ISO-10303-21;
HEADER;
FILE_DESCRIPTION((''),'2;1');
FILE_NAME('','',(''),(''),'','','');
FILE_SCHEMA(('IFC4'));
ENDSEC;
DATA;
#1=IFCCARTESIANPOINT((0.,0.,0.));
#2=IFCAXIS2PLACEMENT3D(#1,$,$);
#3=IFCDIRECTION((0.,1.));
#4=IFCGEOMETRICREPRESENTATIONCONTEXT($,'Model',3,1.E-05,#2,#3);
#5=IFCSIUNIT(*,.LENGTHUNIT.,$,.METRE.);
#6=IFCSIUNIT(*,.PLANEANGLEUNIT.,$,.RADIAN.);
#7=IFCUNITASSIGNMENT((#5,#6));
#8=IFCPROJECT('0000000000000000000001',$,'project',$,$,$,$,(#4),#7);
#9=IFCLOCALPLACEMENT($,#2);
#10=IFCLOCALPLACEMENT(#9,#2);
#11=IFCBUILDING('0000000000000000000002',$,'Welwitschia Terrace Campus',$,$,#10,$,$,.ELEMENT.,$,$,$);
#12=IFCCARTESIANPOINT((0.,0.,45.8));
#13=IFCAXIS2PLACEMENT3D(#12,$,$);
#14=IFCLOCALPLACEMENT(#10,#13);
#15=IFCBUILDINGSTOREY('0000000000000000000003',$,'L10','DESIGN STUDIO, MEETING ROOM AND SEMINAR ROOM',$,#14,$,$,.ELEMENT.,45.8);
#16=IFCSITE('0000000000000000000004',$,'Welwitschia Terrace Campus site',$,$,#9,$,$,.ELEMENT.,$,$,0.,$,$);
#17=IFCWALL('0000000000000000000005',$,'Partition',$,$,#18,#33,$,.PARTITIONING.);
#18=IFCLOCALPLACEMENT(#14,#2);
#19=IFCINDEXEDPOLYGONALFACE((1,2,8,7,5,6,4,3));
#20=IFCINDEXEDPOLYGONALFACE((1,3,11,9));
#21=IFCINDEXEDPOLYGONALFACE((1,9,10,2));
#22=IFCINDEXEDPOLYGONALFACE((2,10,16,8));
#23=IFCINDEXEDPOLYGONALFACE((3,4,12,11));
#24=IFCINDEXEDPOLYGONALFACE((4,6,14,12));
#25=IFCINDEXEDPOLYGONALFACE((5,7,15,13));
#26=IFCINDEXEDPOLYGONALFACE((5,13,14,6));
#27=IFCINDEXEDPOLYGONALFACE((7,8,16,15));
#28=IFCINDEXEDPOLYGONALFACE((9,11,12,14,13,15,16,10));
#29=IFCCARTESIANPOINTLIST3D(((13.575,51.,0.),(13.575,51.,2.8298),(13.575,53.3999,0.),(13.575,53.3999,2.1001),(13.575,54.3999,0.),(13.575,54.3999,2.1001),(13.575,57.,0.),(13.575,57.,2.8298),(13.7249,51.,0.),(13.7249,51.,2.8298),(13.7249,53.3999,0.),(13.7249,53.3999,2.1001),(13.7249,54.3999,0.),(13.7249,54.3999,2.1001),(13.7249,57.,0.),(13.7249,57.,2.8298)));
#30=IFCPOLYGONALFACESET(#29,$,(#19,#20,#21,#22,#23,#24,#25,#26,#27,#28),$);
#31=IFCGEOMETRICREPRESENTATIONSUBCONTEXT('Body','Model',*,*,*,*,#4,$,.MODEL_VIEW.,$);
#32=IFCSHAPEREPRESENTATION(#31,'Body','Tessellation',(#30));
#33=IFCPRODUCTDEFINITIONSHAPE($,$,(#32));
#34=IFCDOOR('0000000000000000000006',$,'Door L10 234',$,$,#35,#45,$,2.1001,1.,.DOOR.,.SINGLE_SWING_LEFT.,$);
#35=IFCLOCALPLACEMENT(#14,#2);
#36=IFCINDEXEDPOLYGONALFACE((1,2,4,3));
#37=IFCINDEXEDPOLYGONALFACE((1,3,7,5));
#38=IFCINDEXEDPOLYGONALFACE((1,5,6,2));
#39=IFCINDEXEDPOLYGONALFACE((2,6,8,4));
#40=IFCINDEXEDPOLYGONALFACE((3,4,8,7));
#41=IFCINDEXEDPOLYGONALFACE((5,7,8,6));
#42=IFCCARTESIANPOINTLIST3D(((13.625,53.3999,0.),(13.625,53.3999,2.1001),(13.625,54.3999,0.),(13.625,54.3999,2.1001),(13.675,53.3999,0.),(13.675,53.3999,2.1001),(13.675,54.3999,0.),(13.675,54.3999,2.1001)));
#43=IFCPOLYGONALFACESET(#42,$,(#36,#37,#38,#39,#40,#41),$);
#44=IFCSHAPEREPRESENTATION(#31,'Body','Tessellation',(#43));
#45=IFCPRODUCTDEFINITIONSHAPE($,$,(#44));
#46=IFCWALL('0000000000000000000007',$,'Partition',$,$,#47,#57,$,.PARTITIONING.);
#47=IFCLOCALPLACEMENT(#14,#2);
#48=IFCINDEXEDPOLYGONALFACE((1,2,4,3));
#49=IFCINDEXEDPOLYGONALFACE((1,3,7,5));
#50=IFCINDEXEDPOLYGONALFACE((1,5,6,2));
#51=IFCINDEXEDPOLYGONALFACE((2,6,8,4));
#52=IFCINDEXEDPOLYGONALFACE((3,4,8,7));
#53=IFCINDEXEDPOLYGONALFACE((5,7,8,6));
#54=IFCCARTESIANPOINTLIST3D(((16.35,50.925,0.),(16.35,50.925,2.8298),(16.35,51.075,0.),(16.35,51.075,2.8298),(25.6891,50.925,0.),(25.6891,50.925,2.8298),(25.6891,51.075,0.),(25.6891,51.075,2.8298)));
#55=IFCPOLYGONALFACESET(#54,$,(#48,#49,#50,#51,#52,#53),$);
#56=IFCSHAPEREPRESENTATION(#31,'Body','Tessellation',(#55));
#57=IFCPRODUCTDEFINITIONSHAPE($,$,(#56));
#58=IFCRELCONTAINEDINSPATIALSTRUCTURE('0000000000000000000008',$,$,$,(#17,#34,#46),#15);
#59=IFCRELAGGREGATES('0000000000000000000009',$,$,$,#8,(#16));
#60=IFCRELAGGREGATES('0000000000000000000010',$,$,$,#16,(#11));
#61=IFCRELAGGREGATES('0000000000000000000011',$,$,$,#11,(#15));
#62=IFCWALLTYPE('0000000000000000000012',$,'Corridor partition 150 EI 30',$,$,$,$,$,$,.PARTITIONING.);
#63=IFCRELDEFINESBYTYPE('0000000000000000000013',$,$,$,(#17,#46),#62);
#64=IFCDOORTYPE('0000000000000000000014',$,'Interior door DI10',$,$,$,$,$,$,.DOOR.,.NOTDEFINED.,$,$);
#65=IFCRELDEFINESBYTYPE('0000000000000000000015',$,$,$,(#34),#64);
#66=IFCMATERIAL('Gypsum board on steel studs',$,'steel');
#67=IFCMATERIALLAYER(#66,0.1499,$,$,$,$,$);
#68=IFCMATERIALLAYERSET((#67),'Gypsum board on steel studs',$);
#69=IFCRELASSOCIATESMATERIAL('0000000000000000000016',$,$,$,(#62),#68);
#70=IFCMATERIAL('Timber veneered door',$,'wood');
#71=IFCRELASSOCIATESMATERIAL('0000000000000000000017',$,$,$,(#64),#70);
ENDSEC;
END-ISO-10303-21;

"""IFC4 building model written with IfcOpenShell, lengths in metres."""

from ifc_helpers import new_model, si_unit, direction, frame, frame_2d, origin, place, context, subcontext, project, spatial, rectangle, extrude, material, layer, layer_set, type_object, element, fill, save


model = new_model("IFC4")

# Units and contexts
model_context = context("Model", 3, precision=1e-05, world=origin(), true_north=direction((0.0, 1.0)))
body_context = subcontext(model_context, "Body", "Model", "MODEL_VIEW")
ifc_project = project(units=[si_unit("LENGTHUNIT", "METRE"), si_unit("PLANEANGLEUNIT", "RADIAN")], contexts=[model_context])

# Site, building, storey
site_placement = place(None, origin())
site = spatial("IfcSite", under=ifc_project, at=site_placement, Name="Welwitschia Terrace Campus site", CompositionType="ELEMENT", RefElevation=0.0)
building_placement = place(site_placement, origin())
building = spatial("IfcBuilding", under=site, at=building_placement, Name="Welwitschia Terrace Campus", CompositionType="ELEMENT")
storey_placement = place(building_placement, frame((0.0, 0.0, 45.8)))
storey = spatial("IfcBuildingStorey", under=building, at=storey_placement, Name="L10", Description="DESIGN STUDIO, MEETING ROOM AND SEMINAR ROOM", CompositionType="ELEMENT", Elevation=45.8)

# Shared definitions
ifc_material_1 = material(Name="Gypsum board on steel studs", Category="steel")
ifc_layer_1 = layer(ifc_material_1, 0.1499)
ifc_layer_set_1 = layer_set([ifc_layer_1], Name="Gypsum board on steel studs")
wall_type = type_object("IfcWallType", Name="Corridor partition 150 EI 30", PredefinedType="PARTITIONING", material=ifc_layer_set_1)

# Wall, opening, door
ifc_material_2 = material(Name="Timber veneered door", Category="wood")
door_type = type_object("IfcDoorType", Name="Interior door DI10", OperationType="NOTDEFINED", PredefinedType="DOOR", material=ifc_material_2)
wall_1_placement = place(storey_placement, frame((13.6499, 51.0, 0.0), z_axis=(0.0, 0.0, 1.0), x_axis=(0.0, 1.0, 0.0)))
wall_1 = element("IfcWall", 1, at=wall_1_placement, inside=storey, type_object=wall_type, Name="Partition", PredefinedType="PARTITIONING", context=body_context, shape_type="SweptSolid", body=[
    extrude(rectangle(XDim=6.0, YDim=0.1499, at=frame_2d((3.0, 0.0))), origin(), (0.0, 0.0, 1.0), 2.8298),
])
opening_1_placement = place(wall_1_placement, frame((2.3999, 0.0, 0.0)))
opening_1 = element("IfcOpeningElement", 2, at=opening_1_placement, cuts=wall_1, PredefinedType="OPENING", context=body_context, shape_type="SweptSolid", body=[
    extrude(rectangle(XDim=1.0, YDim=2.1001, at=frame_2d((0.5, 1.05))), frame((0.0, 0.085, 0.0), z_axis=(0.0, -1.0, 0.0), x_axis=(1.0, 0.0, 0.0)), (0.0, 0.0, 1.0), 0.1699),
])
door_1_placement = place(opening_1_placement, origin())
door_1 = element("IfcDoor", 3, at=door_1_placement, inside=storey, type_object=door_type, Name="Door L10 234", OperationType="SINGLE_SWING_LEFT", OverallHeight=2.1001, OverallWidth=1.0, PredefinedType="DOOR", context=body_context, shape_type="SweptSolid", body=[
    extrude(rectangle(XDim=1.0, YDim=2.1001, at=frame_2d((0.5, 1.05))), frame((0.0, 0.0249, 0.0), z_axis=(0.0, -1.0, 0.0), x_axis=(1.0, 0.0, 0.0)), (0.0, 0.0, 1.0), 0.05),
])
fill(opening_1, door_1)

# Wall
wall_2_placement = place(storey_placement, frame((16.3501, 51.0, 0.0), z_axis=(0.0, 0.0, 1.0), x_axis=(1.0, 0.0, 0.0)))
element("IfcWall", 4, at=wall_2_placement, inside=storey, type_object=wall_type, Name="Partition", PredefinedType="PARTITIONING", context=body_context, shape_type="SweptSolid", body=[
    extrude(rectangle(XDim=9.3391, YDim=0.1499, at=frame_2d((4.6694, 0.0))), origin(), (0.0, 0.0, 1.0), 2.8298),
])

save(model, "model.ifc")
